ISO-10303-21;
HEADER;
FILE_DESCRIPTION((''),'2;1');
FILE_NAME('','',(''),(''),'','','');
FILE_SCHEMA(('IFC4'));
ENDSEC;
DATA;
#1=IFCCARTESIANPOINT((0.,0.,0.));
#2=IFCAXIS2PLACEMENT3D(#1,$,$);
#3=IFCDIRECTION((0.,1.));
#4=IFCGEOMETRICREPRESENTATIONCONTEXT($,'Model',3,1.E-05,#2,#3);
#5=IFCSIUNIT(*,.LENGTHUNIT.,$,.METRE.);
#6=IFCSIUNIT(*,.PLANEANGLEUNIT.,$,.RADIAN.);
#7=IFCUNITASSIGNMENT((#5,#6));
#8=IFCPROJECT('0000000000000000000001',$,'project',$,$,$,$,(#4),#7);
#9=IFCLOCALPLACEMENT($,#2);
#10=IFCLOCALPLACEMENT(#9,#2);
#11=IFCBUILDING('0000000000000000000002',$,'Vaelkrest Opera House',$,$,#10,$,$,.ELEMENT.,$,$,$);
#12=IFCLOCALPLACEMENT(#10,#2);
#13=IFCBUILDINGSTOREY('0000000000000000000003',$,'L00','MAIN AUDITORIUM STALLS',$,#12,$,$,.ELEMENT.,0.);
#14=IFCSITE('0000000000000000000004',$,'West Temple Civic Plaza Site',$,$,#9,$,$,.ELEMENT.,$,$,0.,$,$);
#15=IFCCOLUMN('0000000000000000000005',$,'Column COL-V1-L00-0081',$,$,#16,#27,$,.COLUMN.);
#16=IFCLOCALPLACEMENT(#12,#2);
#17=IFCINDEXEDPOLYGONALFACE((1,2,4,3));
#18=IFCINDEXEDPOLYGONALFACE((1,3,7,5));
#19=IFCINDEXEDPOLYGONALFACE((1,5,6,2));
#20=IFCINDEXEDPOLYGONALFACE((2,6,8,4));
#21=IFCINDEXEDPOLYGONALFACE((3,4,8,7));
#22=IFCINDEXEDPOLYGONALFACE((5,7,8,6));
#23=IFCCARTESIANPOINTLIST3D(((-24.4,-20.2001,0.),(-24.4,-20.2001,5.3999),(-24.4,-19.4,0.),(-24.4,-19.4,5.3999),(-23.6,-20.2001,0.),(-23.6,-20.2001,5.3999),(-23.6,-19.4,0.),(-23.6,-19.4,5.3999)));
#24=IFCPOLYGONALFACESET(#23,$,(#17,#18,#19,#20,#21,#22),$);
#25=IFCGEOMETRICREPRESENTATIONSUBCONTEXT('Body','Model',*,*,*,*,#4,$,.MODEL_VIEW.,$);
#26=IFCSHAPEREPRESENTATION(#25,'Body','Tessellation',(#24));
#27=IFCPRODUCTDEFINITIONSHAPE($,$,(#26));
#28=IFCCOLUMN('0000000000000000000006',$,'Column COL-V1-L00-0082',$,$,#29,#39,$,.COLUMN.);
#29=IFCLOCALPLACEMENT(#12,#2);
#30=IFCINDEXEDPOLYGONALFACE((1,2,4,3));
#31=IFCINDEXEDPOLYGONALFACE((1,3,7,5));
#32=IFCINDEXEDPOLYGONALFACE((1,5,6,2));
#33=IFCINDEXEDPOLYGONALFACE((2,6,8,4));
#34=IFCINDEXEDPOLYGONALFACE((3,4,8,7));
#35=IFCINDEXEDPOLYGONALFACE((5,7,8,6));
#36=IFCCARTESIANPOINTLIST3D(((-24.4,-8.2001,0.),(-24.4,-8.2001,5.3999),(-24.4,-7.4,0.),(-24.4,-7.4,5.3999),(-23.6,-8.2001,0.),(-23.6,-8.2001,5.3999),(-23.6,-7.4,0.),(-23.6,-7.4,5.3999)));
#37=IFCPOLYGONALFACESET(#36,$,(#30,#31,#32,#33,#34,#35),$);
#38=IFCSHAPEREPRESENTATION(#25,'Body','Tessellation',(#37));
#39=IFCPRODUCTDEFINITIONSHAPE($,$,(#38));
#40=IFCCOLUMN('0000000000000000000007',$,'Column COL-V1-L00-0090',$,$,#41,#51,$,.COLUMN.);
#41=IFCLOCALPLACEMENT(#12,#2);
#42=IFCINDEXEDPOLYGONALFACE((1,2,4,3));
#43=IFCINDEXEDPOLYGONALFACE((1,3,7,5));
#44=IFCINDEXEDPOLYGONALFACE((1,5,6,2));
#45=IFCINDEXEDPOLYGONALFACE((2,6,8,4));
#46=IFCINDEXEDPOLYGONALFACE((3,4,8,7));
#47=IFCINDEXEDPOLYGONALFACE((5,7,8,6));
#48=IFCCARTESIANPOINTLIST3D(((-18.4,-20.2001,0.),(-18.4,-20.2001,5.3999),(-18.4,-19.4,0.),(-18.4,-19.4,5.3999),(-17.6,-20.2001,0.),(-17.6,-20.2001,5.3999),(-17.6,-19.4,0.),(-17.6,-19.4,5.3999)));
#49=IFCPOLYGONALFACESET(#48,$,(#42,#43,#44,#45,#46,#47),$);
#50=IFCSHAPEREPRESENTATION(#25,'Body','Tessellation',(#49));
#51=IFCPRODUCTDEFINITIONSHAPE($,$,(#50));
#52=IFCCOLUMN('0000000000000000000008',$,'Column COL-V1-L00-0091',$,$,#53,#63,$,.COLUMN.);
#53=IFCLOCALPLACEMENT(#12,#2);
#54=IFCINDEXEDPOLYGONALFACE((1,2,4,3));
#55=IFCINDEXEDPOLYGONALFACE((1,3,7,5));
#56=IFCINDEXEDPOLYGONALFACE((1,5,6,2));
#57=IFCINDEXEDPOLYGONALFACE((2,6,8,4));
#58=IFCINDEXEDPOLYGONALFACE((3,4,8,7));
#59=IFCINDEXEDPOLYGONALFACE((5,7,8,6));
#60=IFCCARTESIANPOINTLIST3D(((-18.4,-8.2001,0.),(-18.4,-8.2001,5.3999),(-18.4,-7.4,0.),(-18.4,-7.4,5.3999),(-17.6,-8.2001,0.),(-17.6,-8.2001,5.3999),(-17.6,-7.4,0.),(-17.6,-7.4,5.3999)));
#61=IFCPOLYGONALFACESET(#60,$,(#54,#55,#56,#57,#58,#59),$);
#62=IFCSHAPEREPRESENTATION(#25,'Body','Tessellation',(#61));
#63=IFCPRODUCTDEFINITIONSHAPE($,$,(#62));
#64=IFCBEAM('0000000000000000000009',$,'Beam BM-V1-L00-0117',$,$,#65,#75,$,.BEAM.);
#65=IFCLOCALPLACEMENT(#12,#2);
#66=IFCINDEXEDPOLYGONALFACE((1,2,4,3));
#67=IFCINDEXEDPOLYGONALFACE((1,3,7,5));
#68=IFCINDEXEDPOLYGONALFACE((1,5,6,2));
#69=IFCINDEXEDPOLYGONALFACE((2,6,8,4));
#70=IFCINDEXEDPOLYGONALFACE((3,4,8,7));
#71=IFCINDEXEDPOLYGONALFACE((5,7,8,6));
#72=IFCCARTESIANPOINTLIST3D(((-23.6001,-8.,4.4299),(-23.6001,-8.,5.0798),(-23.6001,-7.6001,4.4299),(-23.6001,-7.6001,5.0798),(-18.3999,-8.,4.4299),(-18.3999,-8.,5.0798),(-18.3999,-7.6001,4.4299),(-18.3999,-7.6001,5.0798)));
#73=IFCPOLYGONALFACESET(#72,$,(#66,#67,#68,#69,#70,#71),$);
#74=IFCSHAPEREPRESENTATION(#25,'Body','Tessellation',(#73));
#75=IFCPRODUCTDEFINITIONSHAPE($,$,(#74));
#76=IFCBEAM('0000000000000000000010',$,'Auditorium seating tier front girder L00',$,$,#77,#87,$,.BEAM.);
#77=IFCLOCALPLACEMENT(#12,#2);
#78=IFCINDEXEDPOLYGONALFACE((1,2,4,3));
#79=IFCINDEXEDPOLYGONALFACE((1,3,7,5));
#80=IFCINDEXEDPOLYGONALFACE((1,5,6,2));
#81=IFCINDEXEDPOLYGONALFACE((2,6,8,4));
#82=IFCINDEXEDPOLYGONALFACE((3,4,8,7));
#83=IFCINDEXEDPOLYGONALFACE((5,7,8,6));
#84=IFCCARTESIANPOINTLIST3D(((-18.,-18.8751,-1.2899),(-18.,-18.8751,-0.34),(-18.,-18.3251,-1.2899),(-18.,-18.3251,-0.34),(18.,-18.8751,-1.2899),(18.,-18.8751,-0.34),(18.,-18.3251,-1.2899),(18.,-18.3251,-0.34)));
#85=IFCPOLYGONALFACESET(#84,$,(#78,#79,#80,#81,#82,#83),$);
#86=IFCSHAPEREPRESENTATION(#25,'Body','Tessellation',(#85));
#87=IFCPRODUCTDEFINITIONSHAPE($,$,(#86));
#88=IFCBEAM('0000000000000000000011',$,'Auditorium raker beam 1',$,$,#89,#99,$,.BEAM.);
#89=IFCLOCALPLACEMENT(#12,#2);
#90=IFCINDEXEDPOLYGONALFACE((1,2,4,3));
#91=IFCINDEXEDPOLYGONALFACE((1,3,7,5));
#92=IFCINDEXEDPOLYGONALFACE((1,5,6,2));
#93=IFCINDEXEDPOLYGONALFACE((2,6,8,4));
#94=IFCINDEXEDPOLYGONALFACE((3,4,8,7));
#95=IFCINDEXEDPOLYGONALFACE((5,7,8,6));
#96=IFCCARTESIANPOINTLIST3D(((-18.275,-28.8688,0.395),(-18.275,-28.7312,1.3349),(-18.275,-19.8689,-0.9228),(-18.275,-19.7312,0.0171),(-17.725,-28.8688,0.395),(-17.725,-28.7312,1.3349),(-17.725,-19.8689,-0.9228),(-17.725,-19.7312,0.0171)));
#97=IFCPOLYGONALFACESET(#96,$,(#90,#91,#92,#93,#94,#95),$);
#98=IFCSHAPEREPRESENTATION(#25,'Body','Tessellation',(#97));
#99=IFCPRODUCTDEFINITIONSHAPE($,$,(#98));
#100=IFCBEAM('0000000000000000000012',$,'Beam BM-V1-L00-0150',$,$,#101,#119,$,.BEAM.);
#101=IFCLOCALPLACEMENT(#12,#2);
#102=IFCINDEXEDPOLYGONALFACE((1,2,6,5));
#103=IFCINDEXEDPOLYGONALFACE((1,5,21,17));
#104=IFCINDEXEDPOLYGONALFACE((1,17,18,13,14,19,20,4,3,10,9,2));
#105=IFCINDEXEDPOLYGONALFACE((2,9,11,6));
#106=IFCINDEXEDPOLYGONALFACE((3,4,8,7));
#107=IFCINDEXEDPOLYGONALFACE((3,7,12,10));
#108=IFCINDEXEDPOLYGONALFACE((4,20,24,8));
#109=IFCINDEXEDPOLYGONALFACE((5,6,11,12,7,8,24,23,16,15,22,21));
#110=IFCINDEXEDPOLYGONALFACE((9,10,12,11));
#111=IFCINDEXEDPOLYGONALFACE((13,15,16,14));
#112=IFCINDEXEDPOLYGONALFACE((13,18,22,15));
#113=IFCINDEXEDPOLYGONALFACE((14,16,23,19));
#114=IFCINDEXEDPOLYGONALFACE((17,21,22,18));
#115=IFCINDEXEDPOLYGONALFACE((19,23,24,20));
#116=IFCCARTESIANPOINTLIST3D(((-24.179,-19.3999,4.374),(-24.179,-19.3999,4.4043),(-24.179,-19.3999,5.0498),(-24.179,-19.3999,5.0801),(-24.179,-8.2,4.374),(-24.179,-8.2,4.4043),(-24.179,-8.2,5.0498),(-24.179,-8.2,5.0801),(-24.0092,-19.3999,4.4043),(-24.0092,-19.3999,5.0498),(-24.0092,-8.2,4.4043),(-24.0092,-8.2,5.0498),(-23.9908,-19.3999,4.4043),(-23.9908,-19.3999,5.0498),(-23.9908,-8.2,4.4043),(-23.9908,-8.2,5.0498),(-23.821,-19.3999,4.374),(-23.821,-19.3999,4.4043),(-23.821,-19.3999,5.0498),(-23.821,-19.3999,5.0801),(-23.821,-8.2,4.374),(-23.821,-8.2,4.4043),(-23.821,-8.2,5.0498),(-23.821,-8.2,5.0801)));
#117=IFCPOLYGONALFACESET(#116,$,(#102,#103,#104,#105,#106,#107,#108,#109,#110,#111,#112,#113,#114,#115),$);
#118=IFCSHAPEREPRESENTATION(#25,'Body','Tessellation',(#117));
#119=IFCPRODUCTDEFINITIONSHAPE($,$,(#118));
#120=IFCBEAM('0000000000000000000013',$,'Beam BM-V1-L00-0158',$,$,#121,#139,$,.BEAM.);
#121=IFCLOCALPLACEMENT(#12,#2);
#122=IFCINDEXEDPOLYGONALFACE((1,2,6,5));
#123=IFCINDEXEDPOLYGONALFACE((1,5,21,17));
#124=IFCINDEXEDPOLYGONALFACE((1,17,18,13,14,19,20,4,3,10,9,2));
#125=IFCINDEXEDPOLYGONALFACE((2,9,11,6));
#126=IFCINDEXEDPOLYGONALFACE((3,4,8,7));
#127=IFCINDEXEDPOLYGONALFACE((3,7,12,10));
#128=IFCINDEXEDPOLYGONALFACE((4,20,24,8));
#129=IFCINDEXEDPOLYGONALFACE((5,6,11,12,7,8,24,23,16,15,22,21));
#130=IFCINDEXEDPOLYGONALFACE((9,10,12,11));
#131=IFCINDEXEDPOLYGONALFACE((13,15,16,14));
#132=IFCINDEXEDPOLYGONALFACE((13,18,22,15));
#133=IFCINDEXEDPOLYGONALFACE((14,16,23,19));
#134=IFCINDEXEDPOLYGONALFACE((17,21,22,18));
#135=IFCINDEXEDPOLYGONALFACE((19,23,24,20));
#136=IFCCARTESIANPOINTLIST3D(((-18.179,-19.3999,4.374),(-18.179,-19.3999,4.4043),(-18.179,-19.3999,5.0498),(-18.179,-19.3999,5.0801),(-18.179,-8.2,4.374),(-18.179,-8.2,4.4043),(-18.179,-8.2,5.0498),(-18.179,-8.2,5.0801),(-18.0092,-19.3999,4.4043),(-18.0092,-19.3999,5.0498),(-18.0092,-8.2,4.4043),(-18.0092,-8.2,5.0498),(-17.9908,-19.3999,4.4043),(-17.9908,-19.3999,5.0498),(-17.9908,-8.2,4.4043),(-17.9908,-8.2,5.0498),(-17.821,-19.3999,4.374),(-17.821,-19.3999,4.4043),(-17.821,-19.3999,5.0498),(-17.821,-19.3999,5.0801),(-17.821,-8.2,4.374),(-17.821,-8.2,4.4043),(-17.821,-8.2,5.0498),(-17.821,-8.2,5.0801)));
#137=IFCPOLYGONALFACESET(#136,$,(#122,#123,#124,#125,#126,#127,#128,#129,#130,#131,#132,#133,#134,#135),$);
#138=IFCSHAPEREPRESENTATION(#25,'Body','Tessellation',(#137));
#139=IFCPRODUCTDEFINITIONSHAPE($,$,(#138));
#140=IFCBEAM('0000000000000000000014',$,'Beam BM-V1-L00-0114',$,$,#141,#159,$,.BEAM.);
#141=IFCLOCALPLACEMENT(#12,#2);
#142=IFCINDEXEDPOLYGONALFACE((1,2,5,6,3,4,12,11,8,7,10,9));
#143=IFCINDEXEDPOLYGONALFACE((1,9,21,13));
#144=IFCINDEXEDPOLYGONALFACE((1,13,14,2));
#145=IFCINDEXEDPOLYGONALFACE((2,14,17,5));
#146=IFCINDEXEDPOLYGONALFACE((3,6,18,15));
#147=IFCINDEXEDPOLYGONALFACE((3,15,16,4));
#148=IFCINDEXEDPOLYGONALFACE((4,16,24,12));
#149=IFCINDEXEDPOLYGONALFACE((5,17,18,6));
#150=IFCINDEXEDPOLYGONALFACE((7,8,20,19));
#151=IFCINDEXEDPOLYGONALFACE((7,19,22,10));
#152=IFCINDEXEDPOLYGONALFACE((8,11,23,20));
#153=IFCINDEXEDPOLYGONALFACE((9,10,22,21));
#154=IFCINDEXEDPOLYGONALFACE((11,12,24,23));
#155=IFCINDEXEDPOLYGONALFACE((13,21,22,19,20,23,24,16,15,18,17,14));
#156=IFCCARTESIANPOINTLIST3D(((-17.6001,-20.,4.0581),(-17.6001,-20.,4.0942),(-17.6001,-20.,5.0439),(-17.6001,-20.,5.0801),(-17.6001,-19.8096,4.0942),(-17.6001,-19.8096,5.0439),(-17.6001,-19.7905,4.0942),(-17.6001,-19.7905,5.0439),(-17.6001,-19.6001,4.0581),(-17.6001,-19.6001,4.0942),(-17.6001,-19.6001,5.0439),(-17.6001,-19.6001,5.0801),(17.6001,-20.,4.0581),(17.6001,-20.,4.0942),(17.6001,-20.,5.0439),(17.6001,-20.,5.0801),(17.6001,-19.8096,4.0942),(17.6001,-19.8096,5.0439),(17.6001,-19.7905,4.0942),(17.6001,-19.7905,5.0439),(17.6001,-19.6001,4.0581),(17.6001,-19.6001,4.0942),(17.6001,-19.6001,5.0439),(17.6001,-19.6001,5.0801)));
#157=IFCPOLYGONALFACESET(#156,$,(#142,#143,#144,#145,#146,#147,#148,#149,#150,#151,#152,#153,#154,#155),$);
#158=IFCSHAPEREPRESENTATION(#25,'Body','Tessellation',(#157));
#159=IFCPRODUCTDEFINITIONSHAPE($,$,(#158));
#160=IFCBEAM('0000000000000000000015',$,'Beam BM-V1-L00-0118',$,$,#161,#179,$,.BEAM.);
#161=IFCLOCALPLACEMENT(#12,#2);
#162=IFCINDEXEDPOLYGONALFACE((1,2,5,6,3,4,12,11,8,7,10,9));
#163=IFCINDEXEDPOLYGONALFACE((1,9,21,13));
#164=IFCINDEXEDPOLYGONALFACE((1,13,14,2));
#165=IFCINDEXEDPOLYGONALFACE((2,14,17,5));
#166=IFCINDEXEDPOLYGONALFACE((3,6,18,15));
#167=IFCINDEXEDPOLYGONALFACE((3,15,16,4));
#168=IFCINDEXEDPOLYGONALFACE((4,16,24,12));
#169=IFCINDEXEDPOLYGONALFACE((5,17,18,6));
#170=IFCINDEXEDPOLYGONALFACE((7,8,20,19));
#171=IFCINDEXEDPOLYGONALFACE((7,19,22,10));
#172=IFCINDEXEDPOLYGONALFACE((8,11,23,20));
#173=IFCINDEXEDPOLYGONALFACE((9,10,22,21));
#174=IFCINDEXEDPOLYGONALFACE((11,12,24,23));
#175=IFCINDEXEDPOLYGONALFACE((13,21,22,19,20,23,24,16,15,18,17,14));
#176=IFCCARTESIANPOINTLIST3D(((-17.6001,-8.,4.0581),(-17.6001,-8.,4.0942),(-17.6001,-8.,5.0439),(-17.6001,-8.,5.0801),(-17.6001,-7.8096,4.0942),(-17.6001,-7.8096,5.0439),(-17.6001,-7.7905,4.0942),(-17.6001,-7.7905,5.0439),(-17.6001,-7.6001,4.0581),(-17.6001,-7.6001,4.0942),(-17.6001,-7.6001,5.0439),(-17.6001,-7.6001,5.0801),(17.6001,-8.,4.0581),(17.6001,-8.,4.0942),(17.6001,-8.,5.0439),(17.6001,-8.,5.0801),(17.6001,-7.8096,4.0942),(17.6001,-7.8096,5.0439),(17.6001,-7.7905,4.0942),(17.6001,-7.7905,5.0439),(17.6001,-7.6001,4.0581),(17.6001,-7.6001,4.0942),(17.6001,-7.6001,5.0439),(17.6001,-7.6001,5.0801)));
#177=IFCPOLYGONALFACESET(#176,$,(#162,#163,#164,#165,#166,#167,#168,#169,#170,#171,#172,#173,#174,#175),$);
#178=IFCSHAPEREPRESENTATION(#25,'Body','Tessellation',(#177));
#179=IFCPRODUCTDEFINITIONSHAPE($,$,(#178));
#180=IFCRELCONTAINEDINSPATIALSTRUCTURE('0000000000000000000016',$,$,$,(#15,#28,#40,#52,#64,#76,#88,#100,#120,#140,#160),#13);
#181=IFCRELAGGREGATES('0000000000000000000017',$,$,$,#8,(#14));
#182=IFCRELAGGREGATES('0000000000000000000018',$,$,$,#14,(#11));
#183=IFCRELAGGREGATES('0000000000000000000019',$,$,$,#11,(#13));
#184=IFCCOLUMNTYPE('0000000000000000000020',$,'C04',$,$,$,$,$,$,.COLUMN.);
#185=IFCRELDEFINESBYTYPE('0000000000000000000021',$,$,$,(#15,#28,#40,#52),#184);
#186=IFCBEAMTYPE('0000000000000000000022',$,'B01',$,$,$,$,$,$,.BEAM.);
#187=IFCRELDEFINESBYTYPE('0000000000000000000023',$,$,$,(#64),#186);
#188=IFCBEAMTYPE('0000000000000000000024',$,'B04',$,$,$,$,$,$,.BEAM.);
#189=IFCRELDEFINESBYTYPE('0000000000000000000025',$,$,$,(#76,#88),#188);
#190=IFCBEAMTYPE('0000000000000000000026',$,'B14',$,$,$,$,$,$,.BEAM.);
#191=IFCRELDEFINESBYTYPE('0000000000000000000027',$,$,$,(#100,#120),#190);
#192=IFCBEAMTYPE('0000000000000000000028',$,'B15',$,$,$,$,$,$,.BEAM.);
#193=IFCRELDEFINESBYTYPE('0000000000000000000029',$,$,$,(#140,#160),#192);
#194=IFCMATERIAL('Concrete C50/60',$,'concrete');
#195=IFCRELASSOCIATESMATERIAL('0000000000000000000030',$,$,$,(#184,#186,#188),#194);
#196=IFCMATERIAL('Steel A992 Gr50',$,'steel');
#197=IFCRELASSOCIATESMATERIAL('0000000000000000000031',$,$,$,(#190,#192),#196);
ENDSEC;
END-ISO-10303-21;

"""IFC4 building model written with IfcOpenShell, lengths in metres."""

from ifc_helpers import new_model, si_unit, direction, frame, origin, origin_2d, place, context, subcontext, project, spatial, rectangle, i_section, extrude, material, material_profile, profile_set, type_object, element, save


model = new_model("IFC4")

# Units and contexts
model_context = context("Model", 3, precision=1e-05, world=origin(), true_north=direction((0.0, 1.0)))
body_context = subcontext(model_context, "Body", "Model", "MODEL_VIEW")
ifc_project = project(units=[si_unit("LENGTHUNIT", "METRE"), si_unit("PLANEANGLEUNIT", "RADIAN")], contexts=[model_context])

# Site, building, storey
site_placement = place(None, origin())
site = spatial("IfcSite", under=ifc_project, at=site_placement, Name="West Temple Civic Plaza Site", CompositionType="ELEMENT", RefElevation=0.0)
building_placement = place(site_placement, origin())
building = spatial("IfcBuilding", under=site, at=building_placement, Name="Vaelkrest Opera House", CompositionType="ELEMENT")
storey_placement = place(building_placement, origin())
storey = spatial("IfcBuildingStorey", under=building, at=storey_placement, Name="L00", Description="MAIN AUDITORIUM STALLS", CompositionType="ELEMENT", Elevation=0.0)

# Columns
ifc_material_1 = material(Name="Concrete C50/60", Category="concrete")
ifc_material_profile_1 = material_profile(ifc_material_1, rectangle(XDim=0.8, YDim=0.8, at=origin_2d()), Name="RC800X800")
ifc_profile_set_1 = profile_set([ifc_material_profile_1], Name="Concrete C50/60")
column_type = type_object("IfcColumnType", Name="C04", PredefinedType="COLUMN", material=ifc_profile_set_1)
for number, where, z_axis, x_axis, name in (
    (1, (-24.0, -19.8, 0.0), (0.0, 0.0, 1.0), (1.0, 0.0, 0.0), "Column COL-V1-L00-0081"),
    (2, (-24.0, -7.8, 0.0), (0.0, 0.0, 1.0), (1.0, 0.0, 0.0), "Column COL-V1-L00-0082"),
    (3, (-18.0, -19.8, 0.0), (0.0, 0.0, 1.0), (1.0, 0.0, 0.0), "Column COL-V1-L00-0090"),
    (4, (-18.0, -7.8, 0.0), (0.0, 0.0, 1.0), (1.0, 0.0, 0.0), "Column COL-V1-L00-0091"),
):
    element("IfcColumn", number, at=place(storey_placement, frame(where, z_axis=z_axis, x_axis=x_axis)), inside=storey, type_object=column_type, Name=name, PredefinedType="COLUMN", context=body_context, shape_type="SweptSolid", body=[
        extrude(rectangle(XDim=0.8, YDim=0.8, at=origin_2d()), origin(), (0.0, 0.0, 1.0), 5.3999),
    ])

# Beams
ifc_material_profile_2 = material_profile(ifc_material_1, rectangle(XDim=0.3999, YDim=0.6499, at=origin_2d()), Name="RCB400X650")
ifc_profile_set_2 = profile_set([ifc_material_profile_2], Name="Concrete C50/60")
beam_type_1 = type_object("IfcBeamType", Name="B01", PredefinedType="BEAM", material=ifc_profile_set_2)
beam_1_placement = place(storey_placement, frame((-23.6001, -7.8, 4.7549), z_axis=(1.0, 0.0, 0.0), x_axis=(0.0, 1.0, 0.0)))
element("IfcBeam", 5, at=beam_1_placement, inside=storey, type_object=beam_type_1, Name="Beam BM-V1-L00-0117", PredefinedType="BEAM", context=body_context, shape_type="SweptSolid", body=[
    extrude(rectangle(XDim=0.3999, YDim=0.6499, at=origin_2d()), origin(), (0.0, 0.0, 1.0), 5.2002),
])
ifc_material_profile_3 = material_profile(ifc_material_1, rectangle(XDim=0.55, YDim=0.95, at=origin_2d()), Name="RCB550X950")
ifc_profile_set_3 = profile_set([ifc_material_profile_3], Name="Concrete C50/60")
beam_type_2 = type_object("IfcBeamType", Name="B04", PredefinedType="BEAM", material=ifc_profile_set_3)
beam_2_placement = place(storey_placement, frame((-18.0, -18.6001, -0.8149), z_axis=(1.0, 0.0, 0.0), x_axis=(0.0, 1.0, 0.0)))
element("IfcBeam", 6, at=beam_2_placement, inside=storey, type_object=beam_type_2, Name="Auditorium seating tier front girder L00", PredefinedType="BEAM", context=body_context, shape_type="SweptSolid", body=[
    extrude(rectangle(XDim=0.55, YDim=0.95, at=origin_2d()), origin(), (0.0, 0.0, 1.0), 36.0),
])
beam_3_placement = place(storey_placement, frame((-18.0, -19.8, -0.4529), z_axis=(0.0, -0.989448, 0.144885), x_axis=(1.0, 0.0, 0.0)))
element("IfcBeam", 7, at=beam_3_placement, inside=storey, type_object=beam_type_2, Name="Auditorium raker beam 1", PredefinedType="BEAM", context=body_context, shape_type="SweptSolid", body=[
    extrude(rectangle(XDim=0.55, YDim=0.95, at=origin_2d()), origin(), (0.0, 0.0, 1.0), 9.0959),
])
ifc_material_2 = material(Name="Steel A992 Gr50", Category="steel")
ifc_material_profile_4 = material_profile(ifc_material_2, i_section(OverallWidth=0.3579, OverallDepth=0.7061, WebThickness=0.0183, FlangeThickness=0.0303, at=origin_2d()), Name="W27X178")
ifc_profile_set_4 = profile_set([ifc_material_profile_4], Name="Steel A992 Gr50")
beam_type_3 = type_object("IfcBeamType", Name="B14", PredefinedType="BEAM", material=ifc_profile_set_4)
for number, where, z_axis, x_axis, name in (
    (8, (-24.0, -19.3999, 4.7271), (0.0, 1.0, 0.0), (-1.0, 0.0, 0.0), "Beam BM-V1-L00-0150"),
    (9, (-18.0, -19.3999, 4.7271), (0.0, 1.0, 0.0), (-1.0, 0.0, 0.0), "Beam BM-V1-L00-0158"),
):
    element("IfcBeam", number, at=place(storey_placement, frame(where, z_axis=z_axis, x_axis=x_axis)), inside=storey, type_object=beam_type_3, Name=name, PredefinedType="BEAM", context=body_context, shape_type="SweptSolid", body=[
        extrude(i_section(OverallWidth=0.3579, OverallDepth=0.7061, WebThickness=0.0183, FlangeThickness=0.0303, at=origin_2d()), origin(), (0.0, 0.0, 1.0), 11.2),
    ])
ifc_material_profile_5 = material_profile(ifc_material_2, i_section(OverallWidth=0.3999, OverallDepth=1.022, WebThickness=0.019, FlangeThickness=0.0361, at=origin_2d()), Name="W40X249")
ifc_profile_set_5 = profile_set([ifc_material_profile_5], Name="Steel A992 Gr50")
beam_type_4 = type_object("IfcBeamType", Name="B15", PredefinedType="BEAM", material=ifc_profile_set_5)
for number, where, z_axis, x_axis, name in (
    (10, (-17.6001, -19.8, 4.5691), (1.0, 0.0, 0.0), (0.0, 1.0, 0.0), "Beam BM-V1-L00-0114"),
    (11, (-17.6001, -7.8, 4.5691), (1.0, 0.0, 0.0), (0.0, 1.0, 0.0), "Beam BM-V1-L00-0118"),
):
    element("IfcBeam", number, at=place(storey_placement, frame(where, z_axis=z_axis, x_axis=x_axis)), inside=storey, type_object=beam_type_4, Name=name, PredefinedType="BEAM", context=body_context, shape_type="SweptSolid", body=[
        extrude(i_section(OverallWidth=0.3999, OverallDepth=1.022, WebThickness=0.019, FlangeThickness=0.0361, at=origin_2d()), origin(), (0.0, 0.0, 1.0), 35.2002),
    ])

save(model, "model.ifc")
